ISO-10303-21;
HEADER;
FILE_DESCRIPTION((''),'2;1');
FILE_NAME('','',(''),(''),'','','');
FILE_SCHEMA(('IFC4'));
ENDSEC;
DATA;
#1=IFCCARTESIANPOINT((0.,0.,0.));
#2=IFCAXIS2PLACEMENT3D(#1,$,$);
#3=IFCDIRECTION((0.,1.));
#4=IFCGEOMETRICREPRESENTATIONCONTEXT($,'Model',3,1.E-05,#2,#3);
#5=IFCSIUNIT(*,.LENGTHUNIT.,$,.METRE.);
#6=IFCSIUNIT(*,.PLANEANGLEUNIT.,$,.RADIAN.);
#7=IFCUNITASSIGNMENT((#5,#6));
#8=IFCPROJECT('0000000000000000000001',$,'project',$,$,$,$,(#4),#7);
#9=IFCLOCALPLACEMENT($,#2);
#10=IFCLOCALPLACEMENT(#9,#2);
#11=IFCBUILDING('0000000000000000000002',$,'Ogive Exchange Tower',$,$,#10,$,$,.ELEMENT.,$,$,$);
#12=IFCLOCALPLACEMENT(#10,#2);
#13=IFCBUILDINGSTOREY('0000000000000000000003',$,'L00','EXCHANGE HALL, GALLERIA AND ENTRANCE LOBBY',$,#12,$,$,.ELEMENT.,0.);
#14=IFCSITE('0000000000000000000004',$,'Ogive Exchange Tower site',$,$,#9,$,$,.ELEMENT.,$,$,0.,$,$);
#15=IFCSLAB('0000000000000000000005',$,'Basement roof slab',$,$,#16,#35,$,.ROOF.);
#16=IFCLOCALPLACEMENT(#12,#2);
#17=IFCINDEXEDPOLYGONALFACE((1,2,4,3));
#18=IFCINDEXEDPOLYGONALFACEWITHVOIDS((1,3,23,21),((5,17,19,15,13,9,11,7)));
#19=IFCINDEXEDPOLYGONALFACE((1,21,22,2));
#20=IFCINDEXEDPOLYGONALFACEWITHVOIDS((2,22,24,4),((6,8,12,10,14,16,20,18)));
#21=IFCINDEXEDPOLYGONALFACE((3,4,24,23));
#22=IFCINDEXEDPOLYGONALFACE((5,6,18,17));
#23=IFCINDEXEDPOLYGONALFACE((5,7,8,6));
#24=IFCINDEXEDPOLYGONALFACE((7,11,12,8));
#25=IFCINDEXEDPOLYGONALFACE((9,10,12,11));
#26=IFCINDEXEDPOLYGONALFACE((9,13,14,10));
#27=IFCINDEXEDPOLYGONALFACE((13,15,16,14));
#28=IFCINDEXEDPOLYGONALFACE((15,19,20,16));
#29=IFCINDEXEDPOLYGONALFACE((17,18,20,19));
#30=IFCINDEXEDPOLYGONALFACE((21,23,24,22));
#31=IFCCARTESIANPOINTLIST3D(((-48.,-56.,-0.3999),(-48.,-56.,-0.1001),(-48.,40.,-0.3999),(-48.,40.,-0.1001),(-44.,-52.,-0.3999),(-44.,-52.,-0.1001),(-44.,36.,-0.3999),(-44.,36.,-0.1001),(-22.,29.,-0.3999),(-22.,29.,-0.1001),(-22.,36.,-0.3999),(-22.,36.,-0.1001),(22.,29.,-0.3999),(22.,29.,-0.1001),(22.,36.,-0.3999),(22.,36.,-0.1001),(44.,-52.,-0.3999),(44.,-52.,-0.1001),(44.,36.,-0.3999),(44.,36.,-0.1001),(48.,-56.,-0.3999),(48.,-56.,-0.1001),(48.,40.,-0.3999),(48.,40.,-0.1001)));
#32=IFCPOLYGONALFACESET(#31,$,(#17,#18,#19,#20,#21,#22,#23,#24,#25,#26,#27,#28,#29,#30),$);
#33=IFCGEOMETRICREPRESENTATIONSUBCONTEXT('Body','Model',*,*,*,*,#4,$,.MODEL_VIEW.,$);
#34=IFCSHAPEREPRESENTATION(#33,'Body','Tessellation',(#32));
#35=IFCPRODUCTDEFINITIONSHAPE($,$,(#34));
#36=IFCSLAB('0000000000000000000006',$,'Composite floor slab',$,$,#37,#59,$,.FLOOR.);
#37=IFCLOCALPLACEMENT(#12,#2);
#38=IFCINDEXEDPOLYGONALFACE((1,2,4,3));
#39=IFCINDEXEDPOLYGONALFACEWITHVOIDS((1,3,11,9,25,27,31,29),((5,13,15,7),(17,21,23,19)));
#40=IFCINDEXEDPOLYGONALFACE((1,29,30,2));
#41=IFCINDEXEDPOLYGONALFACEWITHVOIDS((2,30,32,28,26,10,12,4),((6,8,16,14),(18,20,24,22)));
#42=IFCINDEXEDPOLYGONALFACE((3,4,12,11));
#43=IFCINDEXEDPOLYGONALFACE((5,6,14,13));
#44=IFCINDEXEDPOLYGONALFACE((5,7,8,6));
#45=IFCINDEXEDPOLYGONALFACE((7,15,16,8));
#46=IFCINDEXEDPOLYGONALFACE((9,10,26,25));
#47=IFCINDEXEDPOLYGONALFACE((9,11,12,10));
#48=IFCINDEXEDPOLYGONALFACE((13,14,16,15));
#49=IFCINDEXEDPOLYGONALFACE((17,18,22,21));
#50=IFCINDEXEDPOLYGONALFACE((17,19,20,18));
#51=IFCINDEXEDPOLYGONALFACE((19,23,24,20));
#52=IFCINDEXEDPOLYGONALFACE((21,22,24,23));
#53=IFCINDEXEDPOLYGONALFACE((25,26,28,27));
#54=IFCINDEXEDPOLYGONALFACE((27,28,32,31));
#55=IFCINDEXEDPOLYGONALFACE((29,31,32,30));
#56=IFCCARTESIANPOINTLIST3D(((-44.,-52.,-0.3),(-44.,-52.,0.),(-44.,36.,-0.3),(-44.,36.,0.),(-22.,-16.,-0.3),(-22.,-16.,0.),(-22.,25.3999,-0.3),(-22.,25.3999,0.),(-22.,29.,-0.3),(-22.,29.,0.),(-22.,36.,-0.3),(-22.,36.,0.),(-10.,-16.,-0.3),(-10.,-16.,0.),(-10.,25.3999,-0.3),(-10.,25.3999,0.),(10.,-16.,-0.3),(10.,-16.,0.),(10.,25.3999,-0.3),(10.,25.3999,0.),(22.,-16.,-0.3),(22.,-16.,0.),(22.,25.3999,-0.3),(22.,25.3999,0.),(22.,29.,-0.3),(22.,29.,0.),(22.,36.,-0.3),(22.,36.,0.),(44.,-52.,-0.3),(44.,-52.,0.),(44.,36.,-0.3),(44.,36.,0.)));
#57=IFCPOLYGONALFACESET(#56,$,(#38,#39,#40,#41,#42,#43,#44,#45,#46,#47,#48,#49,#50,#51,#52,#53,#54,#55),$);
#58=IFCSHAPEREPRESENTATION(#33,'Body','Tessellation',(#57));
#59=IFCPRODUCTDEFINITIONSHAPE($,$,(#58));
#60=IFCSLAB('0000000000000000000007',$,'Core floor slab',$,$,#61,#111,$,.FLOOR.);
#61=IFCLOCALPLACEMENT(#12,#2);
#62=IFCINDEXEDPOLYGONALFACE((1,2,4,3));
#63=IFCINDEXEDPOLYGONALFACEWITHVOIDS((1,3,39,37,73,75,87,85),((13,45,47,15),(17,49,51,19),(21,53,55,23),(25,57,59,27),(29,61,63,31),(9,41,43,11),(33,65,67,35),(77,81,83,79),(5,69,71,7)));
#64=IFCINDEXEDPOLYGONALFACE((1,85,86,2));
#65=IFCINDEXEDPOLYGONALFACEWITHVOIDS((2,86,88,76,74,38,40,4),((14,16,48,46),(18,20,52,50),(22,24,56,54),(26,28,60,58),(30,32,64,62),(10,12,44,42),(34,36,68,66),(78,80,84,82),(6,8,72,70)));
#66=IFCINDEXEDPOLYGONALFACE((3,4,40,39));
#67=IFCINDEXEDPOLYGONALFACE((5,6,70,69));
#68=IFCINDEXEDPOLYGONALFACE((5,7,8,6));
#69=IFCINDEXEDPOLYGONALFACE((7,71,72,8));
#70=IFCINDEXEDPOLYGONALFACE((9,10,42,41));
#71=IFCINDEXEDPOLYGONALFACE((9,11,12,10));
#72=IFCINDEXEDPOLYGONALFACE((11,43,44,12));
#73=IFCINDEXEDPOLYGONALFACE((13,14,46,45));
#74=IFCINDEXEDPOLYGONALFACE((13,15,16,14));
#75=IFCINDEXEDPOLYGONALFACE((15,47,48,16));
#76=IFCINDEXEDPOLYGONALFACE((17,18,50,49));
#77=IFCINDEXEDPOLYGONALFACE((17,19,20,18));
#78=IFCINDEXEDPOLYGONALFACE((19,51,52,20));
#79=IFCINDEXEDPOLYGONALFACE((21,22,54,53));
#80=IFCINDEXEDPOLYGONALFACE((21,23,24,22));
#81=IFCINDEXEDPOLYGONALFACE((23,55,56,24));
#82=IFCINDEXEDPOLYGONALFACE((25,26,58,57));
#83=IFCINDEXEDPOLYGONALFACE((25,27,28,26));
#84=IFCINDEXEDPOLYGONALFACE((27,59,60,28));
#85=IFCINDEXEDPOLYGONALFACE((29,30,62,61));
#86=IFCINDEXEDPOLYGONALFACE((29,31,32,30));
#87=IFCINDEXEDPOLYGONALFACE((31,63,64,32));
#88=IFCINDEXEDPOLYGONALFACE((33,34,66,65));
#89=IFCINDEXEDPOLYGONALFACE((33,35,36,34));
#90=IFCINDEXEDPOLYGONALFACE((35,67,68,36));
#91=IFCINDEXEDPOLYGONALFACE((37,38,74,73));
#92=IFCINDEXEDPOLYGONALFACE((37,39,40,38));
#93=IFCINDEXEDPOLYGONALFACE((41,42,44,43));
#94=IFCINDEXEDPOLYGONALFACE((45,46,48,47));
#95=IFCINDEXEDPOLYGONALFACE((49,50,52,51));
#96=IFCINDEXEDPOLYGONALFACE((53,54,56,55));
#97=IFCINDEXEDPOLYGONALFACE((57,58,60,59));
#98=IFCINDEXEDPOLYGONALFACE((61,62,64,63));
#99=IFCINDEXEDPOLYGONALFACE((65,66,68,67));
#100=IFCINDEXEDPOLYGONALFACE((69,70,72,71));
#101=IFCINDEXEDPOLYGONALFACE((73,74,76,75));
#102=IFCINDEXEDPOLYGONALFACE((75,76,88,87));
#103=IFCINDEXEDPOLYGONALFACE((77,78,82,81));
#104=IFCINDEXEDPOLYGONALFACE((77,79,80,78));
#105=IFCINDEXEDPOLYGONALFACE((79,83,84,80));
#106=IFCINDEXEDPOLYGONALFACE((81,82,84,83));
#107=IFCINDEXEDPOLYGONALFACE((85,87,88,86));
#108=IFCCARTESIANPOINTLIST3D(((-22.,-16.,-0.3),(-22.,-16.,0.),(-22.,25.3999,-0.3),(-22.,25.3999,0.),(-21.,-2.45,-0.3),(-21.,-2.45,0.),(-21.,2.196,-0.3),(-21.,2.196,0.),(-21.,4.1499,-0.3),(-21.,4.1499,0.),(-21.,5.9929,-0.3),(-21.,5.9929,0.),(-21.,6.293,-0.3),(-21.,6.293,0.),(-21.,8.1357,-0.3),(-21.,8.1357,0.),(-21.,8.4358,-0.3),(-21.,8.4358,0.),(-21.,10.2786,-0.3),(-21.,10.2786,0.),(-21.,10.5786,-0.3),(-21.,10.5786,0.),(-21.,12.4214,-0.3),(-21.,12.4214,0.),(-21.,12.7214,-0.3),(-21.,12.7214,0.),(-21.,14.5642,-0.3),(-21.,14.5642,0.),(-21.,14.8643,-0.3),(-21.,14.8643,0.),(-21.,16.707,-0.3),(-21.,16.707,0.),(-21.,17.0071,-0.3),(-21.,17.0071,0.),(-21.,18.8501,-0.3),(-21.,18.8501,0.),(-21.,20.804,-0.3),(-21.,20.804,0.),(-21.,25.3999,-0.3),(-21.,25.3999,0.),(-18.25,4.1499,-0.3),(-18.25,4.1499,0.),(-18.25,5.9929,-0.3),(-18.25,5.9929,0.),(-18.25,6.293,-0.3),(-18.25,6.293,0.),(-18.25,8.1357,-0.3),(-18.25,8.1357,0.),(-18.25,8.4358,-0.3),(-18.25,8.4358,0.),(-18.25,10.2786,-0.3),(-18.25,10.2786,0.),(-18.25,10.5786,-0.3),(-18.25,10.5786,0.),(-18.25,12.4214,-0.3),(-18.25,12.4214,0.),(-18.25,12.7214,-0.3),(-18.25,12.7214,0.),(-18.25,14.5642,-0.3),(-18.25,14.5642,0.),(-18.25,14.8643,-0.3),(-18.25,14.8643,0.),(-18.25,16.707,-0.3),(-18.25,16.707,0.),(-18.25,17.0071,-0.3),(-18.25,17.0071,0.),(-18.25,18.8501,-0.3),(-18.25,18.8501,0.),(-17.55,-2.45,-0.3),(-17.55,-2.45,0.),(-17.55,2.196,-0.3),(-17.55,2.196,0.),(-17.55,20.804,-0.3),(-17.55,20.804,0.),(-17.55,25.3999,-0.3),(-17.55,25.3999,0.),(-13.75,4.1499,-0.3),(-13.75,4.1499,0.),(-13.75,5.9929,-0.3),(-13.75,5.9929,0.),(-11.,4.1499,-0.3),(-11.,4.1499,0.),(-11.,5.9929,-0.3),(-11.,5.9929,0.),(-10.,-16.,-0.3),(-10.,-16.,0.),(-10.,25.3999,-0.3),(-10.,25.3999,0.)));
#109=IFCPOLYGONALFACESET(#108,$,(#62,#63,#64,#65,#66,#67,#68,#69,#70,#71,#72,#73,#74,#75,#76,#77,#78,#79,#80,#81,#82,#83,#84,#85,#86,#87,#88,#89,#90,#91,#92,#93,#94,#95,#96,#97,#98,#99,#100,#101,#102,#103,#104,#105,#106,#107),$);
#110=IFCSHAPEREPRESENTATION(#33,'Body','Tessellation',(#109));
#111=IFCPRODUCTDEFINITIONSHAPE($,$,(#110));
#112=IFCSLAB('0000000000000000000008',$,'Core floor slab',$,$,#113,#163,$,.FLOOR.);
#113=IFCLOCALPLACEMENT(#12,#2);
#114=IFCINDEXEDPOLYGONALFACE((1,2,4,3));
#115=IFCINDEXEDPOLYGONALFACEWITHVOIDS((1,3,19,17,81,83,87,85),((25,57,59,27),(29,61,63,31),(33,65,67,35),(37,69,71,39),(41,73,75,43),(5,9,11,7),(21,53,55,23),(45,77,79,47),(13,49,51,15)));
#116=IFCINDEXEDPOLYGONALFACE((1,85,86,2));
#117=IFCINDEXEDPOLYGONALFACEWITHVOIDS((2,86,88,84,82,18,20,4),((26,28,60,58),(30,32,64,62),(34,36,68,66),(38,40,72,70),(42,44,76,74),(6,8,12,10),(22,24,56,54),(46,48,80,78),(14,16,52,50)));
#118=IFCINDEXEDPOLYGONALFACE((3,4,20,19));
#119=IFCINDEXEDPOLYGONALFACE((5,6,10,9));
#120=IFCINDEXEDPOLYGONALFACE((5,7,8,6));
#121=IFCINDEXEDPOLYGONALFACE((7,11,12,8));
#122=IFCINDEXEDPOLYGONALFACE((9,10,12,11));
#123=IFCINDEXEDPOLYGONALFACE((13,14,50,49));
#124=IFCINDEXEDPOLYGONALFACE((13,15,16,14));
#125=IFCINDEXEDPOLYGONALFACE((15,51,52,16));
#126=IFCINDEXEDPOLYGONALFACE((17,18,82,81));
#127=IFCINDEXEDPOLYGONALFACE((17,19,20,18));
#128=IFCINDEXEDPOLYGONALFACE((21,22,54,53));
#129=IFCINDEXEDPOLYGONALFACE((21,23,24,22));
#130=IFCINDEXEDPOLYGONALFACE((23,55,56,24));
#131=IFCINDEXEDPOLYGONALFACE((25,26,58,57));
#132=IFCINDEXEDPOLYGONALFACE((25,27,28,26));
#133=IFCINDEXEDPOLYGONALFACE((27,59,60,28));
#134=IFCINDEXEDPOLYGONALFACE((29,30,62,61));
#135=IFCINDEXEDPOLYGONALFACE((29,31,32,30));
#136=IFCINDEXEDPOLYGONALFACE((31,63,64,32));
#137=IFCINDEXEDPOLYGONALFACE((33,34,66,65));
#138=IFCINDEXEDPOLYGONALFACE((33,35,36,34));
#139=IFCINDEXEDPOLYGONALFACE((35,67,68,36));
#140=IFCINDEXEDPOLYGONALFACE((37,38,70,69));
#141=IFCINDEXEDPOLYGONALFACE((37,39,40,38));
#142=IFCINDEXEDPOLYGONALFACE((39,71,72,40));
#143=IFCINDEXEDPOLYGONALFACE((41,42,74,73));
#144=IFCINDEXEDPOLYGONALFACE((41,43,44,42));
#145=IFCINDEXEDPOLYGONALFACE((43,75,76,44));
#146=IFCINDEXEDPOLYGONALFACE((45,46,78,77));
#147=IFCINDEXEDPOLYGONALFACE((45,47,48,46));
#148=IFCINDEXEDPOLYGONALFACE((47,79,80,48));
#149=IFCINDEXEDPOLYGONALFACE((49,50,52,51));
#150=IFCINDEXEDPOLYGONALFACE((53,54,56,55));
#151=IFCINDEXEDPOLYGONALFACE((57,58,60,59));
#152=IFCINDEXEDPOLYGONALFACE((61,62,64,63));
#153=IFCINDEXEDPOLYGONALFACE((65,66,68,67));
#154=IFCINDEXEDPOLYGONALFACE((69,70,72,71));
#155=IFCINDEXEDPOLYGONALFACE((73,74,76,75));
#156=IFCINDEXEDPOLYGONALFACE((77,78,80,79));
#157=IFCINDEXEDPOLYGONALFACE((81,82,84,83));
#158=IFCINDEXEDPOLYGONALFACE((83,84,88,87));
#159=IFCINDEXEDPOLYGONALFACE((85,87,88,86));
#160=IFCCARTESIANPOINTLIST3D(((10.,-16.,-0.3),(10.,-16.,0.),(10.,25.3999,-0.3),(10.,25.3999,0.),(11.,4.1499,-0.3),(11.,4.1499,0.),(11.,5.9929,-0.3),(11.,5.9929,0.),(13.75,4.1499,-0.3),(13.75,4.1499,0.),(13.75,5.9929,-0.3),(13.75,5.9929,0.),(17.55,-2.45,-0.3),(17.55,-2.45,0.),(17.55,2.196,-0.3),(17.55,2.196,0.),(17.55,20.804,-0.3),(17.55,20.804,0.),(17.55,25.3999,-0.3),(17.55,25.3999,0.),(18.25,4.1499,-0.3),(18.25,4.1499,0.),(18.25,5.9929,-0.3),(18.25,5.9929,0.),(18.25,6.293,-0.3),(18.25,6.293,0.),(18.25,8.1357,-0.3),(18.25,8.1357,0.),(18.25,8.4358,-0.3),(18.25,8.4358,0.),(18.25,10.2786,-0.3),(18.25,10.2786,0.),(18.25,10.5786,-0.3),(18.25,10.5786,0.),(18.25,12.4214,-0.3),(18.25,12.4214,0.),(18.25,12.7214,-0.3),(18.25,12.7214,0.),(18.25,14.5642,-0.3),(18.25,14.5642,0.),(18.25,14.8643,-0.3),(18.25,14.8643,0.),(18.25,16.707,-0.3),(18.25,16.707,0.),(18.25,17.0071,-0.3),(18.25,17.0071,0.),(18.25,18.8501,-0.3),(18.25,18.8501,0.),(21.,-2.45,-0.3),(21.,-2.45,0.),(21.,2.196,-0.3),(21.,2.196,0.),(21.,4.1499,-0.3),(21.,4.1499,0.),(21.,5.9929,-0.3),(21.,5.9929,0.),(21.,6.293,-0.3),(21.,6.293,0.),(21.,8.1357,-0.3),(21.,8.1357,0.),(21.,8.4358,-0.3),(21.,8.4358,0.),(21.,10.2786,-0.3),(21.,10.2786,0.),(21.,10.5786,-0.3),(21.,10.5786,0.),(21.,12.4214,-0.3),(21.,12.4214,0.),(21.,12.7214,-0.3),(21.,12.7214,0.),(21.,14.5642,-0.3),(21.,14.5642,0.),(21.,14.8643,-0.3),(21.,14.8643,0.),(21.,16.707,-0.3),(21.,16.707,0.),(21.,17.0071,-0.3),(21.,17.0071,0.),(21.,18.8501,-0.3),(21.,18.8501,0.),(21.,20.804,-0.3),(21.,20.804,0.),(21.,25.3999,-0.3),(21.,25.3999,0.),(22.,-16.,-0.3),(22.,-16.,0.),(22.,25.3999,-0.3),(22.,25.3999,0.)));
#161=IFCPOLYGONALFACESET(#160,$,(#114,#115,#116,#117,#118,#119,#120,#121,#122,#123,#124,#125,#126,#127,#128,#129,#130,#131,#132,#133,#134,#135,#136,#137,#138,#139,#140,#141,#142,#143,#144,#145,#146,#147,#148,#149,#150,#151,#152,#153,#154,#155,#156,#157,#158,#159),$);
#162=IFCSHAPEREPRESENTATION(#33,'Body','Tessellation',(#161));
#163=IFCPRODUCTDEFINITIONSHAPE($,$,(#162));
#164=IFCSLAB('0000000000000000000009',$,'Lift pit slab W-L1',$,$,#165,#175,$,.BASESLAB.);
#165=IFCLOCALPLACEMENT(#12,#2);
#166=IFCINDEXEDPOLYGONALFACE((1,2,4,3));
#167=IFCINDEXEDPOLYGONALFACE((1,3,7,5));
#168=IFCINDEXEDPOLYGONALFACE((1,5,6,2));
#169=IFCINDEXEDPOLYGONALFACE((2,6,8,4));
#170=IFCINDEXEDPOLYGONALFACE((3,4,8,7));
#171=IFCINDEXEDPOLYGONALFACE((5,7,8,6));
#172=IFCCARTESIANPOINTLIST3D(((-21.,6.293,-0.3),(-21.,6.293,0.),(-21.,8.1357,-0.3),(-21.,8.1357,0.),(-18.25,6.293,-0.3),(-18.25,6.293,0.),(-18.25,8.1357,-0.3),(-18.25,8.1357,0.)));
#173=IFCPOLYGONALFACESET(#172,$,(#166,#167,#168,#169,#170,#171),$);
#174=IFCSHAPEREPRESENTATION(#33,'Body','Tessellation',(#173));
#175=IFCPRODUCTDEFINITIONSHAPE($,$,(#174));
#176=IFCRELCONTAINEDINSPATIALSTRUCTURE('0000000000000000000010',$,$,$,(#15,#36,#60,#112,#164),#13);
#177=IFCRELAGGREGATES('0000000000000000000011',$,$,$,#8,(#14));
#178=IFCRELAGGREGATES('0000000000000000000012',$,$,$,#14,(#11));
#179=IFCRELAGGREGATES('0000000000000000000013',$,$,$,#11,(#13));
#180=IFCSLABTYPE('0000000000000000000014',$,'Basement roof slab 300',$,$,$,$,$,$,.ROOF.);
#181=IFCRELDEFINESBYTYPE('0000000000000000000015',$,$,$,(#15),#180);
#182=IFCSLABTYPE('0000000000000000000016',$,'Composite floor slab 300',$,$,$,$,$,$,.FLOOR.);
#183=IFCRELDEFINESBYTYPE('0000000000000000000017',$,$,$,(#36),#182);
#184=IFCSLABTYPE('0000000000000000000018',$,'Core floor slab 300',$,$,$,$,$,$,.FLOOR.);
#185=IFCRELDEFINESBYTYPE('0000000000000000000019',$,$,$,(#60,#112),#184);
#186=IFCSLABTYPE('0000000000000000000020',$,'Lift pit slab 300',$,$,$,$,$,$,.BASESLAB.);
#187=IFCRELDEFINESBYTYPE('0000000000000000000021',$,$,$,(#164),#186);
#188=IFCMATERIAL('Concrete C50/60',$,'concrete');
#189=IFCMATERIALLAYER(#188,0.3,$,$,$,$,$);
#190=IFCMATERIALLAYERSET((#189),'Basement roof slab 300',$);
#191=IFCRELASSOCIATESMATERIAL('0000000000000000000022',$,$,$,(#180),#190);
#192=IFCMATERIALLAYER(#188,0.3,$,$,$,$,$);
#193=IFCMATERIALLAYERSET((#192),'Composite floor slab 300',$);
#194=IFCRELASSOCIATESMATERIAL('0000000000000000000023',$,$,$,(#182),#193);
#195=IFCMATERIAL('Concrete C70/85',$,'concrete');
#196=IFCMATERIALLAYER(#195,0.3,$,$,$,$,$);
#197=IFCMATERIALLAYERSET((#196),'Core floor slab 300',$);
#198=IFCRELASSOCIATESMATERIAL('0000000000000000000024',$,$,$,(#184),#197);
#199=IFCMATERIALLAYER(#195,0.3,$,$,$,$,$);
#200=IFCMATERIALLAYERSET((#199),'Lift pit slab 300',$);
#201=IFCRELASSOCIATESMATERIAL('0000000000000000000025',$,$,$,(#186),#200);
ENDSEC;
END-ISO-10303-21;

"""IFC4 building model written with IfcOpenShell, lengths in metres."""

from ifc_helpers import new_model, si_unit, direction, frame, origin, place, context, subcontext, project, spatial, polyline, outline, extrude, material, layer, layer_set, type_object, element, save


model = new_model("IFC4")

# Units and contexts
model_context = context("Model", 3, precision=1e-05, world=origin(), true_north=direction((0.0, 1.0)))
body_context = subcontext(model_context, "Body", "Model", "MODEL_VIEW")
ifc_project = project(units=[si_unit("LENGTHUNIT", "METRE"), si_unit("PLANEANGLEUNIT", "RADIAN")], contexts=[model_context])

# Site, building, storey
site_placement = place(None, origin())
site = spatial("IfcSite", under=ifc_project, at=site_placement, Name="Ogive Exchange Tower site", CompositionType="ELEMENT", RefElevation=0.0)
building_placement = place(site_placement, origin())
building = spatial("IfcBuilding", under=site, at=building_placement, Name="Ogive Exchange Tower", CompositionType="ELEMENT")
storey_placement = place(building_placement, origin())
storey = spatial("IfcBuildingStorey", under=building, at=storey_placement, Name="L00", Description="EXCHANGE HALL, GALLERIA AND ENTRANCE LOBBY", CompositionType="ELEMENT", Elevation=0.0)

# Slabs
ifc_material_1 = material(Name="Concrete C50/60", Category="concrete")
ifc_layer_1 = layer(ifc_material_1, 0.3)
ifc_layer_set_1 = layer_set([ifc_layer_1], Name="Basement roof slab 300")
slab_type_1 = type_object("IfcSlabType", Name="Basement roof slab 300", PredefinedType="ROOF", material=ifc_layer_set_1)
slab_1_placement = place(storey_placement, frame((0.0, 0.0, -0.3999)))
element("IfcSlab", 1, at=slab_1_placement, inside=storey, type_object=slab_type_1, Name="Basement roof slab", PredefinedType="ROOF", context=body_context, shape_type="SweptSolid", body=[
    extrude(outline(polyline([(-48.0, -56.0), (-48.0, 40.0), (48.0, 40.0), (48.0, -56.0), (-48.0, -56.0)]), holes=[polyline([(22.0, 36.0), (22.0, 29.0), (-22.0, 29.0), (-22.0, 36.0), (-44.0, 36.0), (-44.0, -52.0), (44.0, -52.0), (44.0, 36.0), (22.0, 36.0)])]), origin(), (0.0, 0.0, 1.0), 0.2998),
])
ifc_layer_2 = layer(ifc_material_1, 0.3)
ifc_layer_set_2 = layer_set([ifc_layer_2], Name="Composite floor slab 300")
slab_type_2 = type_object("IfcSlabType", Name="Composite floor slab 300", PredefinedType="FLOOR", material=ifc_layer_set_2)
slab_2_placement = place(storey_placement, frame((0.0, 0.0, -0.3)))
element("IfcSlab", 2, at=slab_2_placement, inside=storey, type_object=slab_type_2, Name="Composite floor slab", PredefinedType="FLOOR", context=body_context, shape_type="SweptSolid", body=[
    extrude(outline(polyline([(44.0, -52.0), (-44.0, -52.0), (-44.0, 36.0), (-22.0, 36.0), (-22.0, 29.0), (22.0, 29.0), (22.0, 36.0), (44.0, 36.0), (44.0, -52.0)]), holes=[polyline([(-10.0, -16.0), (-10.0, 25.3999), (-22.0, 25.3999), (-22.0, -16.0), (-10.0, -16.0)]), polyline([(22.0, -16.0), (22.0, 25.3999), (10.0, 25.3999), (10.0, -16.0), (22.0, -16.0)])]), origin(), (0.0, 0.0, 1.0), 0.3),
])
ifc_material_2 = material(Name="Concrete C70/85", Category="concrete")
ifc_layer_3 = layer(ifc_material_2, 0.3)
ifc_layer_set_3 = layer_set([ifc_layer_3], Name="Core floor slab 300")
slab_type_3 = type_object("IfcSlabType", Name="Core floor slab 300", PredefinedType="FLOOR", material=ifc_layer_set_3)
slab_3_placement = place(storey_placement, frame((0.0, 0.0, -0.3)))
element("IfcSlab", 3, at=slab_3_placement, inside=storey, type_object=slab_type_3, Name="Core floor slab", PredefinedType="FLOOR", context=body_context, shape_type="SweptSolid", body=[
    extrude(outline(polyline([(-10.0, 25.3999), (-10.0, -16.0), (-22.0, -16.0), (-22.0, 25.3999), (-21.0, 25.3999), (-21.0, 20.804), (-17.55, 20.804), (-17.55, 25.3999), (-10.0, 25.3999)]), holes=[polyline([(-17.55, -2.45), (-17.55, 2.196), (-21.0, 2.196), (-21.0, -2.45), (-17.55, -2.45)]), polyline([(-18.25, 5.9929), (-21.0, 5.9929), (-21.0, 4.1499), (-18.25, 4.1499), (-18.25, 5.9929)]), polyline([(-11.0, 5.9929), (-13.75, 5.9929), (-13.75, 4.1499), (-11.0, 4.1499), (-11.0, 5.9929)]), polyline([(-18.25, 6.293), (-18.25, 8.1357), (-21.0, 8.1357), (-21.0, 6.293), (-18.25, 6.293)]), polyline([(-18.25, 8.4358), (-18.25, 10.2786), (-21.0, 10.2786), (-21.0, 8.4358), (-18.25, 8.4358)]), polyline([(-18.25, 12.4214), (-21.0, 12.4214), (-21.0, 10.5786), (-18.25, 10.5786), (-18.25, 12.4214)]), polyline([(-18.25, 14.5642), (-21.0, 14.5642), (-21.0, 12.7214), (-18.25, 12.7214), (-18.25, 14.5642)]), polyline([(-18.25, 16.707), (-21.0, 16.707), (-21.0, 14.8643), (-18.25, 14.8643), (-18.25, 16.707)]), polyline([(-18.25, 17.0071), (-18.25, 18.8501), (-21.0, 18.8501), (-21.0, 17.0071), (-18.25, 17.0071)])]), origin(), (0.0, 0.0, 1.0), 0.3),
])
slab_4_placement = place(storey_placement, frame((0.0, 0.0, -0.3)))
element("IfcSlab", 4, at=slab_4_placement, inside=storey, type_object=slab_type_3, Name="Core floor slab", PredefinedType="FLOOR", context=body_context, shape_type="SweptSolid", body=[
    extrude(outline(polyline([(22.0, 25.3999), (22.0, -16.0), (10.0, -16.0), (10.0, 25.3999), (17.55, 25.3999), (17.55, 20.804), (21.0, 20.804), (21.0, 25.3999), (22.0, 25.3999)]), holes=[polyline([(21.0, -2.45), (21.0, 2.196), (17.55, 2.196), (17.55, -2.45), (21.0, -2.45)]), polyline([(13.75, 5.9929), (11.0, 5.9929), (11.0, 4.1499), (13.75, 4.1499), (13.75, 5.9929)]), polyline([(21.0, 5.9929), (18.25, 5.9929), (18.25, 4.1499), (21.0, 4.1499), (21.0, 5.9929)]), polyline([(21.0, 6.293), (21.0, 8.1357), (18.25, 8.1357), (18.25, 6.293), (21.0, 6.293)]), polyline([(21.0, 8.4358), (21.0, 10.2786), (18.25, 10.2786), (18.25, 8.4358), (21.0, 8.4358)]), polyline([(21.0, 12.4214), (18.25, 12.4214), (18.25, 10.5786), (21.0, 10.5786), (21.0, 12.4214)]), polyline([(21.0, 14.5642), (18.25, 14.5642), (18.25, 12.7214), (21.0, 12.7214), (21.0, 14.5642)]), polyline([(21.0, 16.707), (18.25, 16.707), (18.25, 14.8643), (21.0, 14.8643), (21.0, 16.707)]), polyline([(21.0, 17.0071), (21.0, 18.8501), (18.25, 18.8501), (18.25, 17.0071), (21.0, 17.0071)])]), origin(), (0.0, 0.0, 1.0), 0.3),
])
ifc_layer_4 = layer(ifc_material_2, 0.3)
ifc_layer_set_4 = layer_set([ifc_layer_4], Name="Lift pit slab 300")
slab_type_4 = type_object("IfcSlabType", Name="Lift pit slab 300", PredefinedType="BASESLAB", material=ifc_layer_set_4)
slab_5_placement = place(storey_placement, frame((0.0, 0.0, -0.3)))
element("IfcSlab", 5, at=slab_5_placement, inside=storey, type_object=slab_type_4, Name="Lift pit slab W-L1", PredefinedType="BASESLAB", context=body_context, shape_type="SweptSolid", body=[
    extrude(outline(polyline([(-21.0, 6.293), (-18.25, 6.293), (-18.25, 8.1357), (-21.0, 8.1357), (-21.0, 6.293)])), origin(), (0.0, 0.0, 1.0), 0.3),
])

save(model, "model.ifc")
